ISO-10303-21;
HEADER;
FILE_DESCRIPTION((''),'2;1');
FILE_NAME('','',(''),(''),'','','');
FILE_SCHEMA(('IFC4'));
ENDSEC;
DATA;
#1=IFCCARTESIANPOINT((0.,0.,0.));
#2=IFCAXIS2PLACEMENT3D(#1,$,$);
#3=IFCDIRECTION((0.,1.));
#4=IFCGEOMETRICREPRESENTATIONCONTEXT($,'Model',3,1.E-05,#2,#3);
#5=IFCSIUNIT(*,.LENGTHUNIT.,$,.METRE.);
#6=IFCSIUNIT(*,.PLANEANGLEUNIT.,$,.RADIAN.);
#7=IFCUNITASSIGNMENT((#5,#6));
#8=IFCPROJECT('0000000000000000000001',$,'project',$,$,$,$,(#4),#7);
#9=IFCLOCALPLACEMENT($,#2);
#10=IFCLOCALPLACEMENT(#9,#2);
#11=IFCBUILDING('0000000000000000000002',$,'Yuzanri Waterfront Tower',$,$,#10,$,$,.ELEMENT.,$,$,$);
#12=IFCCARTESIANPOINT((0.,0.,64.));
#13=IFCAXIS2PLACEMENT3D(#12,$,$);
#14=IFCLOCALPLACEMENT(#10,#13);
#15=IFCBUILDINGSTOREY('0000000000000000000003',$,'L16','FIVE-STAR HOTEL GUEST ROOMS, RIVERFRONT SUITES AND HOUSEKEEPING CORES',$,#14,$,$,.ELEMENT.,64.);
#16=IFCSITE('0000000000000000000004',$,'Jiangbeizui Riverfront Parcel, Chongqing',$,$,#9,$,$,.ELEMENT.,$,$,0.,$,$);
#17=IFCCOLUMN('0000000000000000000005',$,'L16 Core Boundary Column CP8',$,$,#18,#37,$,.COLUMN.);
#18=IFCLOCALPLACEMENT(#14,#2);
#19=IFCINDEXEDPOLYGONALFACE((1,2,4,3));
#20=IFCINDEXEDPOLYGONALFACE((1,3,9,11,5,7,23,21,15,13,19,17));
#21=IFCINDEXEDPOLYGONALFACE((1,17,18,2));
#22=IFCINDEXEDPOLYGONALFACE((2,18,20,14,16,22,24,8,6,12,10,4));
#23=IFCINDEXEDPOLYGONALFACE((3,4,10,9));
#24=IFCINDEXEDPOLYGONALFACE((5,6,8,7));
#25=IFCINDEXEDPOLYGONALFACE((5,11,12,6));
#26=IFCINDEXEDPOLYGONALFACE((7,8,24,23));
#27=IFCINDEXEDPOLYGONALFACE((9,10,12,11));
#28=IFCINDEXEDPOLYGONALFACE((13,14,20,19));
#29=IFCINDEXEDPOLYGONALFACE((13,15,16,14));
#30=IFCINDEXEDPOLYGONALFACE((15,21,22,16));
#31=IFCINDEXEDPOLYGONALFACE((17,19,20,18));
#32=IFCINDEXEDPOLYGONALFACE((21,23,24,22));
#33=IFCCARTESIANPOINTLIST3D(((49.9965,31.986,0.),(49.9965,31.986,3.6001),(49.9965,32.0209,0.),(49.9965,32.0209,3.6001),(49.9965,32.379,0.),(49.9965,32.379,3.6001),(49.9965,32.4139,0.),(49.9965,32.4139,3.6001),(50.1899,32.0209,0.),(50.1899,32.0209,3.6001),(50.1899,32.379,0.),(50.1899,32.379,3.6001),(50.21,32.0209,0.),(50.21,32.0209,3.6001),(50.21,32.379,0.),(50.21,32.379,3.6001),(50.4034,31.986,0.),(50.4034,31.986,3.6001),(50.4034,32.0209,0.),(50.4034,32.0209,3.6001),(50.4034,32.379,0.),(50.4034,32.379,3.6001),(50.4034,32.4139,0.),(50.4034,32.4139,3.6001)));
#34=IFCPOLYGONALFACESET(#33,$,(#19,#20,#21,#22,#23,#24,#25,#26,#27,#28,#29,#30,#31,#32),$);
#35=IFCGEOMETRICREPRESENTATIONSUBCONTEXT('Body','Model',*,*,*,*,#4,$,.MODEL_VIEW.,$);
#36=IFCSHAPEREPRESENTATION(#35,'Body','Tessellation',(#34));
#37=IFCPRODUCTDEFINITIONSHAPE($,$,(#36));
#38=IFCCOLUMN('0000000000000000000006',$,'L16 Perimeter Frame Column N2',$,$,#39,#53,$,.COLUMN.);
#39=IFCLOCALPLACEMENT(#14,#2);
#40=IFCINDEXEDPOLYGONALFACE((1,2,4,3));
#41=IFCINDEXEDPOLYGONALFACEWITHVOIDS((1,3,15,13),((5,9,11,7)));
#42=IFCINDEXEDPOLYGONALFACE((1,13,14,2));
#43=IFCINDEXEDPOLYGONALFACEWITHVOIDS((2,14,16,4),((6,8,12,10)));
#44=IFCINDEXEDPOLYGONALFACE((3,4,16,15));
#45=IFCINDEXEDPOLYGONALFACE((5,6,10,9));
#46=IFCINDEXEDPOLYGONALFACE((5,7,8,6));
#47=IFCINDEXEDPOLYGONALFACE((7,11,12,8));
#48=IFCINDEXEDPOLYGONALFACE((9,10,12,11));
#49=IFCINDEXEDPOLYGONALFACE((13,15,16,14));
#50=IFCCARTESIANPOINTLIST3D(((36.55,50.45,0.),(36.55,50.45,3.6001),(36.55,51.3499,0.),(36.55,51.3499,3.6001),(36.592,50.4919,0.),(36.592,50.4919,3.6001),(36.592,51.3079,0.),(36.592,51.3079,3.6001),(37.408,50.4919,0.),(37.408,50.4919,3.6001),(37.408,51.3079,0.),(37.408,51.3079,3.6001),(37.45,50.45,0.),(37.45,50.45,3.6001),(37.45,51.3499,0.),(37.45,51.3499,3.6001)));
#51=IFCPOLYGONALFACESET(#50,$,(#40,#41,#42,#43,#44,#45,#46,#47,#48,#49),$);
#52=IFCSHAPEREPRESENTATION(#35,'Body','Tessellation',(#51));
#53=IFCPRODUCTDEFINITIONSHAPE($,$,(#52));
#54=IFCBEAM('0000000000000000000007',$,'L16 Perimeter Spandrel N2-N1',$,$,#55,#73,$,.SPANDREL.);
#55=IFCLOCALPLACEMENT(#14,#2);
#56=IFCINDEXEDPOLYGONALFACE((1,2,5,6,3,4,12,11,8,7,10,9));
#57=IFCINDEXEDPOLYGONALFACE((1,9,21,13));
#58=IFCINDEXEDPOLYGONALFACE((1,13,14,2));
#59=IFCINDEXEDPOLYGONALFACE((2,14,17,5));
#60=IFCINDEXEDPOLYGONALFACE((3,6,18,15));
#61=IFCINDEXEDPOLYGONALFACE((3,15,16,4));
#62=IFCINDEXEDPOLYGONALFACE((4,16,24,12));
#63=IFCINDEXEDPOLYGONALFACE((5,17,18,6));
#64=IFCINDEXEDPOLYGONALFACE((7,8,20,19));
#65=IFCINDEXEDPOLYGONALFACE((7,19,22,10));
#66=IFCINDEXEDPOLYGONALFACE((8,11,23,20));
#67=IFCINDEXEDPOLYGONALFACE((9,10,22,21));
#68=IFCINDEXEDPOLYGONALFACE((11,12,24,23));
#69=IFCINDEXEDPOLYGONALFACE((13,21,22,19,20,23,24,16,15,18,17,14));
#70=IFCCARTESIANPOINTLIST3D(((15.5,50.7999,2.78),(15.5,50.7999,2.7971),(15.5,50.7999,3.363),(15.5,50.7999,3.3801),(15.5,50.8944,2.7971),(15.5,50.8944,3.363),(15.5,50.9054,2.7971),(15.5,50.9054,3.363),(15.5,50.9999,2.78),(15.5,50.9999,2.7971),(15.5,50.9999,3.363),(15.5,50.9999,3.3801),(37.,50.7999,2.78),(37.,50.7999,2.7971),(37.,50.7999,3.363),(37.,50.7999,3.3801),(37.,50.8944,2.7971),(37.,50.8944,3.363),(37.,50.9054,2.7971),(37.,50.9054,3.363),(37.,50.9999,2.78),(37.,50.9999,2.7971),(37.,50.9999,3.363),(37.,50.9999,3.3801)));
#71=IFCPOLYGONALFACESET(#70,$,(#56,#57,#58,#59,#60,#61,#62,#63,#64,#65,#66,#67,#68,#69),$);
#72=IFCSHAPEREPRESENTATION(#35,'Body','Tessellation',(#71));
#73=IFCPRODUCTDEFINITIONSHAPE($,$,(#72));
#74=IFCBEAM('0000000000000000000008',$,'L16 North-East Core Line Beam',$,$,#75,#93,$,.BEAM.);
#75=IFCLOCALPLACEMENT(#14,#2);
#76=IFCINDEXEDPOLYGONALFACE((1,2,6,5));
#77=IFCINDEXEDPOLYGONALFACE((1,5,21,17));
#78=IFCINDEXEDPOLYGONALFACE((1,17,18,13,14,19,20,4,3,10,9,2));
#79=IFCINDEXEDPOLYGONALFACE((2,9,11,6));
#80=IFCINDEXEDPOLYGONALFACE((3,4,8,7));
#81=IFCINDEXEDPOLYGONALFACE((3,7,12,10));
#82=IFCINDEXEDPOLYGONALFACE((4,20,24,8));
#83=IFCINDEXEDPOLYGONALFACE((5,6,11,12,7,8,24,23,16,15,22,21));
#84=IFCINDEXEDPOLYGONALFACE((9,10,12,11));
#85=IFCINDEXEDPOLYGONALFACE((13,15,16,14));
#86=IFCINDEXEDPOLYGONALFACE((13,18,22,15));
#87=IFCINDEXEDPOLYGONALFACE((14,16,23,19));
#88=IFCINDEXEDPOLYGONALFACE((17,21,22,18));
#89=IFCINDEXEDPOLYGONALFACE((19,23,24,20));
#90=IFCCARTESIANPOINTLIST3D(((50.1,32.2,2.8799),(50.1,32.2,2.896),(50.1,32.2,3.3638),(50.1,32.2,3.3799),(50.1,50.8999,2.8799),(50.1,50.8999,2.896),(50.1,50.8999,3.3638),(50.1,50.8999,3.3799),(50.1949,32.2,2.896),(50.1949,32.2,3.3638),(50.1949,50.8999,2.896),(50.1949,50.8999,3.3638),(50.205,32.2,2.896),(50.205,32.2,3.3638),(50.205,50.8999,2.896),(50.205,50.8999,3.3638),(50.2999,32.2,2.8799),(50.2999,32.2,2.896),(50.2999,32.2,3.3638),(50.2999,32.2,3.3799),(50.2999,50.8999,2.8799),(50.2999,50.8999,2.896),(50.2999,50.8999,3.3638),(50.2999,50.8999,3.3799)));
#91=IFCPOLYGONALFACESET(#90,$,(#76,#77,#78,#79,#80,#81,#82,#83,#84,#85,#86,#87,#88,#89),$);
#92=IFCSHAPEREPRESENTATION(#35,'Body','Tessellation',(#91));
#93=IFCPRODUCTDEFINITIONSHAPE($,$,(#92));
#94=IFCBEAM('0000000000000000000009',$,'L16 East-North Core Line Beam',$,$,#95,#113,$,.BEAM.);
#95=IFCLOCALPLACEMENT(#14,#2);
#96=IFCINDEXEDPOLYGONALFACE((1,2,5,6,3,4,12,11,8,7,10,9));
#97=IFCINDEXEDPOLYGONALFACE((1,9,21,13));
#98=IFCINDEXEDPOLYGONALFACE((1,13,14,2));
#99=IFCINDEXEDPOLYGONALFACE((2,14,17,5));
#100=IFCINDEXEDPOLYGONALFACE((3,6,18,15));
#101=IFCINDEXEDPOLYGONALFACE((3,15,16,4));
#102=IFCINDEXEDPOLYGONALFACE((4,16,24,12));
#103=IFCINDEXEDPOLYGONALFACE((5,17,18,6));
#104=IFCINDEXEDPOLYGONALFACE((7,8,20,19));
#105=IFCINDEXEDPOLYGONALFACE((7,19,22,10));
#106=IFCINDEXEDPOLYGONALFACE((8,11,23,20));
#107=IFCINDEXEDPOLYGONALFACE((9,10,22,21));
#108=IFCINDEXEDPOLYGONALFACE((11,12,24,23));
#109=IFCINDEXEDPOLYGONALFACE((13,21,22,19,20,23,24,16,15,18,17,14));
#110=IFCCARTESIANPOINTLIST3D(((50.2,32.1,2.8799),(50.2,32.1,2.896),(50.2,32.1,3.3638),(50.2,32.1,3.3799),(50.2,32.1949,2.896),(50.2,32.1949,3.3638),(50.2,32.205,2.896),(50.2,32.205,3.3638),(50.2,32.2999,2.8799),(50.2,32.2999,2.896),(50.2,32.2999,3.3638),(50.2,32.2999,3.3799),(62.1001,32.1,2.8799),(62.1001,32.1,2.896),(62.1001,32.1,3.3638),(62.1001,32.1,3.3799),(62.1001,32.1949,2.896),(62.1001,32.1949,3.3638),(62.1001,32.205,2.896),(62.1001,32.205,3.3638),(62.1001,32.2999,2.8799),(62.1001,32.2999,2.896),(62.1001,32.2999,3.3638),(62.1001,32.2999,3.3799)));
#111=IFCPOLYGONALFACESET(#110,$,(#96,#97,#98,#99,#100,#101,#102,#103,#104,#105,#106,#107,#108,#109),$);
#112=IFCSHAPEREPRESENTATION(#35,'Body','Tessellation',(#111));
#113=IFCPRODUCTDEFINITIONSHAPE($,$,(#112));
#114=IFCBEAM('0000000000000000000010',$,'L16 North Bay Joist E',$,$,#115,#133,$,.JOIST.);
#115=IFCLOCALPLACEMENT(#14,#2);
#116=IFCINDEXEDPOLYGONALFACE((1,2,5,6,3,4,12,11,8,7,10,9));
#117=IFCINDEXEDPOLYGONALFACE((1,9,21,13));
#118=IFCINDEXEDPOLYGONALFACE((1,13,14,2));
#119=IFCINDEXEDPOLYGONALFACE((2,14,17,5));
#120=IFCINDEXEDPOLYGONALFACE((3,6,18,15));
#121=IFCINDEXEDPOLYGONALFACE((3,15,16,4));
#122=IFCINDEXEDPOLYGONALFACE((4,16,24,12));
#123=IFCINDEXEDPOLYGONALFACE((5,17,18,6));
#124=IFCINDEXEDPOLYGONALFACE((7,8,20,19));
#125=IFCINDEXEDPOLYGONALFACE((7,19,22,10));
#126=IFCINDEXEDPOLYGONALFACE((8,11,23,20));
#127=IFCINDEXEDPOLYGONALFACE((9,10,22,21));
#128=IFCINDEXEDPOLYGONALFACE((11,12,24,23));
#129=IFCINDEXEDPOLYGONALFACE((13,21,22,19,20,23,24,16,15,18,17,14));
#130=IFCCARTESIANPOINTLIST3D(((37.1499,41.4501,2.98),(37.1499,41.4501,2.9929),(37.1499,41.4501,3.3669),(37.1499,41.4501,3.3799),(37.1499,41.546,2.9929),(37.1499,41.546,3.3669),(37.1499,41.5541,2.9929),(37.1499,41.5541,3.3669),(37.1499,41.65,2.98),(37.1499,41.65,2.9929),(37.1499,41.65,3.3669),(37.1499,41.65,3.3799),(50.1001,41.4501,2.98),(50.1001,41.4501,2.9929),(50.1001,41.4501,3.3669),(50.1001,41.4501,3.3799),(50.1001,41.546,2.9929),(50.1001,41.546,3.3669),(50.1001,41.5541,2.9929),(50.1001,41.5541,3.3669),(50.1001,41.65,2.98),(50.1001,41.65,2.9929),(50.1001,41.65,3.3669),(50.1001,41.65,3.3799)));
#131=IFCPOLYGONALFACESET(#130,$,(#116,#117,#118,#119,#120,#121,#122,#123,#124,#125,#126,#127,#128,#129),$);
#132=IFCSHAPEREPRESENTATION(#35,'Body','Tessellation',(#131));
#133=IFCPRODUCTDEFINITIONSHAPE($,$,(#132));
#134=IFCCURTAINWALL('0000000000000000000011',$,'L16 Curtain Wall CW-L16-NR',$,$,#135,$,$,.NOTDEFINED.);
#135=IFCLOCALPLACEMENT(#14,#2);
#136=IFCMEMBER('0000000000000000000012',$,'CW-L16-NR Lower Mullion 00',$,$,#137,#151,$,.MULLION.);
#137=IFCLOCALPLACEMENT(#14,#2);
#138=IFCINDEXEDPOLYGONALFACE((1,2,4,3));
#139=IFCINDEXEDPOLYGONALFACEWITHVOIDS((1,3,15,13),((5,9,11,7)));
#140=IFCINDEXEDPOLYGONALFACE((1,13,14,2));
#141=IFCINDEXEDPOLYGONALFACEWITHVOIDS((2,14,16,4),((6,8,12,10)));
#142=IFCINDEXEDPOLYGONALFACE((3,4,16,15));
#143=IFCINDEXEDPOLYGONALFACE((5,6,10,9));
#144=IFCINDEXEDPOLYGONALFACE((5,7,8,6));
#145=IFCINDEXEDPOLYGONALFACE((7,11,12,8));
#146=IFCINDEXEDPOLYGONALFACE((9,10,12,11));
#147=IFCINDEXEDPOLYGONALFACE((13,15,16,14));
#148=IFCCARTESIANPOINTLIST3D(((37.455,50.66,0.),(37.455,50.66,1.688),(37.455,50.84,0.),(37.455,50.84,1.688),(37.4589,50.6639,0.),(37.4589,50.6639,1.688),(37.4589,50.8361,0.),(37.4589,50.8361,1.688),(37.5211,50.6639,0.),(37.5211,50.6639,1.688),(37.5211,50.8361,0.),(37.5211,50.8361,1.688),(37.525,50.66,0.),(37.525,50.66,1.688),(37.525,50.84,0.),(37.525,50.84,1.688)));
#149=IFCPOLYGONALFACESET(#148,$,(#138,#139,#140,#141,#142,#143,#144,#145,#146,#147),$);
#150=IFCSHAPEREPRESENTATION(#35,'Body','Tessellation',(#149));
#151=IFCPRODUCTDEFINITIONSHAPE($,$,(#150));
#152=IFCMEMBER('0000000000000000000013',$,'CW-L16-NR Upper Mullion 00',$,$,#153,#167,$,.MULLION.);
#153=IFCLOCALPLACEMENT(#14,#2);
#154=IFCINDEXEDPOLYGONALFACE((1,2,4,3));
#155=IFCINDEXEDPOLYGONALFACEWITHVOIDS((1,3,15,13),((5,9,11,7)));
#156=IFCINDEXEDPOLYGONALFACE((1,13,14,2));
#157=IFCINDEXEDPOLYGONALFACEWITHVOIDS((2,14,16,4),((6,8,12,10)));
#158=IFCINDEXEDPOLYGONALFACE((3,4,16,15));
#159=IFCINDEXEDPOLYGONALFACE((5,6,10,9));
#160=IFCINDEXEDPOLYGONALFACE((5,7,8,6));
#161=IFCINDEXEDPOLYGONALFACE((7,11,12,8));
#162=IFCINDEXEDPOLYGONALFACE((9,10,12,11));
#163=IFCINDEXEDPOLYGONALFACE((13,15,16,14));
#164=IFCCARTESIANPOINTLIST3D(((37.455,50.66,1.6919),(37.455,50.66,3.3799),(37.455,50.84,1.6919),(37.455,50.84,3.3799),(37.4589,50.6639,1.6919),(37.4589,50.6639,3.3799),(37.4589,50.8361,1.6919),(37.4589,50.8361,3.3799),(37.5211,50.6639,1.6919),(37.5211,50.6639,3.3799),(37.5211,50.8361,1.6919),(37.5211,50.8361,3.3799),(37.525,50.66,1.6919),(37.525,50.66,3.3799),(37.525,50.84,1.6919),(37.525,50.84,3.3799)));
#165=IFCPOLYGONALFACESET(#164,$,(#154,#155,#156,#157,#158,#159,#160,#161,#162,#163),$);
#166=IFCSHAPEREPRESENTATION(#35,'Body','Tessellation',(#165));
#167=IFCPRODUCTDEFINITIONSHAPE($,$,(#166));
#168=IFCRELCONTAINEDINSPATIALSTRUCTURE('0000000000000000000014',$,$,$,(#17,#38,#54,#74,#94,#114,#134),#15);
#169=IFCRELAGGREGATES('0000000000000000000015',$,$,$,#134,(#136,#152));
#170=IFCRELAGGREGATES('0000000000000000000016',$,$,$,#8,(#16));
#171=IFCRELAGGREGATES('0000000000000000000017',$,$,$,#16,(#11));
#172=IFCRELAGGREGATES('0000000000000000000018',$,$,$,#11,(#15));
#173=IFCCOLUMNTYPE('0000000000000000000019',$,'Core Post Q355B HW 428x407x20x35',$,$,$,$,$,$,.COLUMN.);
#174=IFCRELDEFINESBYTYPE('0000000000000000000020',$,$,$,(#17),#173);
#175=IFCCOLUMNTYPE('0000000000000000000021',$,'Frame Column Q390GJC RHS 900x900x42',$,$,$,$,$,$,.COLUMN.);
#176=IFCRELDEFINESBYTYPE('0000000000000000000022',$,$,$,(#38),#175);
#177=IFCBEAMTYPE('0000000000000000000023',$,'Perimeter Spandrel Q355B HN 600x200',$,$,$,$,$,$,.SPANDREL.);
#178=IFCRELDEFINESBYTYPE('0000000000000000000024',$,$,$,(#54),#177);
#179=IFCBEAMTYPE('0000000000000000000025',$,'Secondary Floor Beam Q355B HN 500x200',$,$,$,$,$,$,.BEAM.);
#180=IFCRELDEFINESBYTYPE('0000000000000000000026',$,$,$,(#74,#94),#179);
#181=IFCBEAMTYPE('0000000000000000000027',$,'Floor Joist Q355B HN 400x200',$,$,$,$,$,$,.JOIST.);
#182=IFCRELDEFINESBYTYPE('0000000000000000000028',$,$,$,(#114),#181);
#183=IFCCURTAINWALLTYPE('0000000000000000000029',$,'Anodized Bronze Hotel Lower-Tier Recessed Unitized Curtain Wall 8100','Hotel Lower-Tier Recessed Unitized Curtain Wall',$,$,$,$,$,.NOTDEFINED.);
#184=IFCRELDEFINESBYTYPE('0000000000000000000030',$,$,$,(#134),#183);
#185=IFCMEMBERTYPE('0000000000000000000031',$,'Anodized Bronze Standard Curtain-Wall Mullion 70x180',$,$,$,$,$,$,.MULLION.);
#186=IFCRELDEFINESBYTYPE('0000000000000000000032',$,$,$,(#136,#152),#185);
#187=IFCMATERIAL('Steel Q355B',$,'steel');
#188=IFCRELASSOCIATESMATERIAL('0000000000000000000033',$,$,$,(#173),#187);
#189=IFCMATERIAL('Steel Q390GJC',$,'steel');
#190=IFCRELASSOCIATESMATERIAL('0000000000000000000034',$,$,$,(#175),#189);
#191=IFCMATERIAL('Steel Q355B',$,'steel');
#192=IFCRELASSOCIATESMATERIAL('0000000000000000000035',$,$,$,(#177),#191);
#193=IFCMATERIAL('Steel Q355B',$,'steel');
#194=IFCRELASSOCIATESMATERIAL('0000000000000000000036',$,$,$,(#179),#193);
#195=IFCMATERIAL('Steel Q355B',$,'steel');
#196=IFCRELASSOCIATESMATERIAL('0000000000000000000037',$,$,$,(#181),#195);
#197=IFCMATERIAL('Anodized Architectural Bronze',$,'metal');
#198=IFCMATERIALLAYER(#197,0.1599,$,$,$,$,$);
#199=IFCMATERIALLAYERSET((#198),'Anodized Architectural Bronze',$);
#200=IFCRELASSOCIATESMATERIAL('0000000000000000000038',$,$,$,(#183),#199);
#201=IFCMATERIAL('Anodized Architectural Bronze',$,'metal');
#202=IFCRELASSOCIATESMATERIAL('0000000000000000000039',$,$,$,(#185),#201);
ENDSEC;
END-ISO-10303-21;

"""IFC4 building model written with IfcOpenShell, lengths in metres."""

from ifc_helpers import new_model, si_unit, direction, frame, origin, origin_2d, place, context, subcontext, project, spatial, hollow_rectangle, i_section, extrude, source, transform, mapped, material, layer, layer_set, material_profile, profile_set, type_object, element, aggregate, save


model = new_model("IFC4")

# Units and contexts
model_context = context("Model", 3, precision=1e-05, world=origin(), true_north=direction((0.0, 1.0)))
body_context = subcontext(model_context, "Body", "Model", "MODEL_VIEW")
ifc_project = project(units=[si_unit("LENGTHUNIT", "METRE"), si_unit("PLANEANGLEUNIT", "RADIAN")], contexts=[model_context])

# Site, building, storey
site_placement = place(None, origin())
site = spatial("IfcSite", under=ifc_project, at=site_placement, Name="Jiangbeizui Riverfront Parcel, Chongqing", CompositionType="ELEMENT", RefElevation=0.0)
building_placement = place(site_placement, origin())
building = spatial("IfcBuilding", under=site, at=building_placement, Name="Yuzanri Waterfront Tower", CompositionType="ELEMENT")
storey_placement = place(building_placement, frame((0.0, 0.0, 64.0)))
storey = spatial("IfcBuildingStorey", under=building, at=storey_placement, Name="L16", Description="FIVE-STAR HOTEL GUEST ROOMS, RIVERFRONT SUITES AND HOUSEKEEPING CORES", CompositionType="ELEMENT", Elevation=64.0)

# Columns
ifc_material_1 = material(Name="Steel Q355B", Category="steel")
ifc_material_profile_1 = material_profile(ifc_material_1, i_section(OverallWidth=0.407, OverallDepth=0.428, WebThickness=0.02, FlangeThickness=0.0349, at=origin_2d()), Name="HW 428x407x20x35")
ifc_profile_set_1 = profile_set([ifc_material_profile_1], Name="Steel Q355B")
column_type_1 = type_object("IfcColumnType", Name="Core Post Q355B HW 428x407x20x35", PredefinedType="COLUMN", material=ifc_profile_set_1)
shared_shape_1 = source(origin(), body_context, "Body", "SweptSolid", [
    extrude(i_section(OverallWidth=0.407, OverallDepth=0.428, WebThickness=0.02, FlangeThickness=0.0349, at=origin_2d()), origin(), (0.0, 0.0, 1.0), 3.6001),
])
column_1_placement = place(storey_placement, frame((50.2, 32.2, 0.0), z_axis=(0.0, 0.0, 1.0), x_axis=(1.0, 0.0, 0.0)))
element("IfcColumn", 1, at=column_1_placement, inside=storey, type_object=column_type_1, Name="L16 Core Boundary Column CP8", PredefinedType="COLUMN", context=body_context, shape_type="MappedRepresentation", body=[
    mapped(shared_shape_1, transform((0.0, 0.0, 0.0), scale=1.0)),
])
ifc_material_2 = material(Name="Steel Q390GJC", Category="steel")
ifc_material_profile_2 = material_profile(ifc_material_2, hollow_rectangle(XDim=0.8999, YDim=0.8999, WallThickness=0.042, at=origin_2d()), Name="RHS 900x900x42")
ifc_profile_set_2 = profile_set([ifc_material_profile_2], Name="Steel Q390GJC")
column_type_2 = type_object("IfcColumnType", Name="Frame Column Q390GJC RHS 900x900x42", PredefinedType="COLUMN", material=ifc_profile_set_2)
shared_shape_2 = source(origin(), body_context, "Body", "SweptSolid", [
    extrude(hollow_rectangle(XDim=0.8999, YDim=0.8999, WallThickness=0.042, at=origin_2d()), origin(), (0.0, 0.0, 1.0), 3.6001),
])
column_2_placement = place(storey_placement, frame((37.0, 50.8999, 0.0), z_axis=(0.0, 0.0, 1.0), x_axis=(1.0, 0.0, 0.0)))
element("IfcColumn", 2, at=column_2_placement, inside=storey, type_object=column_type_2, Name="L16 Perimeter Frame Column N2", PredefinedType="COLUMN", context=body_context, shape_type="MappedRepresentation", body=[
    mapped(shared_shape_2, transform((0.0, 0.0, 0.0), scale=1.0)),
])

# Beams
ifc_material_3 = material(Name="Steel Q355B", Category="steel")
ifc_material_profile_3 = material_profile(ifc_material_3, i_section(OverallWidth=0.2, OverallDepth=0.6001, WebThickness=0.011, FlangeThickness=0.0171, at=origin_2d()), Name="HN 600x200x11x17")
ifc_profile_set_3 = profile_set([ifc_material_profile_3], Name="Steel Q355B")
beam_type_1 = type_object("IfcBeamType", Name="Perimeter Spandrel Q355B HN 600x200", PredefinedType="SPANDREL", material=ifc_profile_set_3)
shared_shape_3 = source(origin(), body_context, "Body", "SweptSolid", [
    extrude(i_section(OverallWidth=0.2, OverallDepth=0.6001, WebThickness=0.011, FlangeThickness=0.0171, at=origin_2d()), origin(), (0.0, 0.0, 1.0), 21.5),
])
beam_1_placement = place(storey_placement, frame((37.0, 50.8999, 3.0801), z_axis=(-1.0, 0.0, 0.0), x_axis=(0.0, -1.0, 0.0)))
element("IfcBeam", 3, at=beam_1_placement, inside=storey, type_object=beam_type_1, Name="L16 Perimeter Spandrel N2-N1", PredefinedType="SPANDREL", context=body_context, shape_type="MappedRepresentation", body=[
    mapped(shared_shape_3, transform((0.0, 0.0, 0.0), scale=1.0)),
])
ifc_material_4 = material(Name="Steel Q355B", Category="steel")
ifc_material_profile_4 = material_profile(ifc_material_4, i_section(OverallWidth=0.2, OverallDepth=0.5, WebThickness=0.01, FlangeThickness=0.0161, at=origin_2d()), Name="HN 500x200x10x16")
ifc_profile_set_4 = profile_set([ifc_material_profile_4], Name="Steel Q355B")
beam_type_2 = type_object("IfcBeamType", Name="Secondary Floor Beam Q355B HN 500x200", PredefinedType="BEAM", material=ifc_profile_set_4)
shared_shape_4 = source(origin(), body_context, "Body", "SweptSolid", [
    extrude(i_section(OverallWidth=0.2, OverallDepth=0.5, WebThickness=0.01, FlangeThickness=0.0161, at=origin_2d()), origin(), (0.0, 0.0, 1.0), 18.7),
])
beam_2_placement = place(storey_placement, frame((50.2, 32.2, 3.1299), z_axis=(0.0, 1.0, 0.0), x_axis=(-1.0, 0.0, 0.0)))
element("IfcBeam", 4, at=beam_2_placement, inside=storey, type_object=beam_type_2, Name="L16 North-East Core Line Beam", PredefinedType="BEAM", context=body_context, shape_type="MappedRepresentation", body=[
    mapped(shared_shape_4, transform((0.0, 0.0, 0.0), scale=1.0)),
])
shared_shape_5 = source(origin(), body_context, "Body", "SweptSolid", [
    extrude(i_section(OverallWidth=0.2, OverallDepth=0.5, WebThickness=0.01, FlangeThickness=0.0161, at=origin_2d()), origin(), (0.0, 0.0, 1.0), 11.9001),
])
beam_3_placement = place(storey_placement, frame((50.2, 32.2, 3.1299), z_axis=(1.0, 0.0, 0.0), x_axis=(0.0, 1.0, 0.0)))
element("IfcBeam", 5, at=beam_3_placement, inside=storey, type_object=beam_type_2, Name="L16 East-North Core Line Beam", PredefinedType="BEAM", context=body_context, shape_type="MappedRepresentation", body=[
    mapped(shared_shape_5, transform((0.0, 0.0, 0.0), scale=1.0)),
])
ifc_material_5 = material(Name="Steel Q355B", Category="steel")
ifc_material_profile_5 = material_profile(ifc_material_5, i_section(OverallWidth=0.2, OverallDepth=0.3999, WebThickness=0.0081, FlangeThickness=0.0129, at=origin_2d()), Name="HN 400x200x8x13")
ifc_profile_set_5 = profile_set([ifc_material_profile_5], Name="Steel Q355B")
beam_type_3 = type_object("IfcBeamType", Name="Floor Joist Q355B HN 400x200", PredefinedType="JOIST", material=ifc_profile_set_5)
shared_shape_6 = source(origin(), body_context, "Body", "SweptSolid", [
    extrude(i_section(OverallWidth=0.2, OverallDepth=0.3999, WebThickness=0.0081, FlangeThickness=0.0129, at=origin_2d()), origin(), (0.0, 0.0, 1.0), 12.9502),
])
beam_4_placement = place(storey_placement, frame((37.1499, 41.55, 3.1799), z_axis=(1.0, 0.0, 0.0), x_axis=(0.0, 1.0, 0.0)))
element("IfcBeam", 6, at=beam_4_placement, inside=storey, type_object=beam_type_3, Name="L16 North Bay Joist E", PredefinedType="JOIST", context=body_context, shape_type="MappedRepresentation", body=[
    mapped(shared_shape_6, transform((0.0, 0.0, 0.0), scale=1.0)),
])

# Curtain wall, members
ifc_material_6 = material(Name="Anodized Architectural Bronze", Category="metal")
ifc_layer_1 = layer(ifc_material_6, 0.1599)
ifc_layer_set_1 = layer_set([ifc_layer_1], Name="Anodized Architectural Bronze")
curtain_wall_type = type_object("IfcCurtainWallType", Name="Anodized Bronze Hotel Lower-Tier Recessed Unitized Curtain Wall 8100", Description="Hotel Lower-Tier Recessed Unitized Curtain Wall", PredefinedType="NOTDEFINED", material=ifc_layer_set_1)
curtain_wall_placement = place(storey_placement, origin())
curtain_wall = element("IfcCurtainWall", 7, at=curtain_wall_placement, inside=storey, type_object=curtain_wall_type, Name="L16 Curtain Wall CW-L16-NR", PredefinedType="NOTDEFINED")
ifc_material_7 = material(Name="Anodized Architectural Bronze", Category="metal")
ifc_material_profile_6 = material_profile(ifc_material_7, hollow_rectangle(XDim=0.0701, YDim=0.1799, WallThickness=0.0039, at=origin_2d()), Name="CWM 70x180")
ifc_profile_set_6 = profile_set([ifc_material_profile_6], Name="Anodized Architectural Bronze")
member_type_1 = type_object("IfcMemberType", Name="Anodized Bronze Standard Curtain-Wall Mullion 70x180", PredefinedType="MULLION", material=ifc_profile_set_6)
shared_shape_7 = source(origin(), body_context, "Body", "SweptSolid", [
    extrude(hollow_rectangle(XDim=0.0701, YDim=0.1799, WallThickness=0.0039, at=origin_2d()), origin(), (0.0, 0.0, 1.0), 1.688),
])
member_1_placement = place(storey_placement, frame((37.49, 50.75, 0.0), z_axis=(0.0, 0.0, 1.0), x_axis=(1.0, 0.0, 0.0)))
member_1 = element("IfcMember", 8, at=member_1_placement, type_object=member_type_1, Name="CW-L16-NR Lower Mullion 00", PredefinedType="MULLION", context=body_context, shape_type="MappedRepresentation", body=[
    mapped(shared_shape_7, transform((0.0, 0.0, 0.0), scale=1.0)),
])
member_2_placement = place(storey_placement, frame((37.49, 50.75, 1.6919), z_axis=(0.0, 0.0, 1.0), x_axis=(1.0, 0.0, 0.0)))
member_2 = element("IfcMember", 9, at=member_2_placement, type_object=member_type_1, Name="CW-L16-NR Upper Mullion 00", PredefinedType="MULLION", context=body_context, shape_type="MappedRepresentation", body=[
    mapped(shared_shape_7, transform((0.0, 0.0, 0.0), scale=1.0)),
])
aggregate(curtain_wall, [member_1, member_2])

save(model, "model.ifc")
